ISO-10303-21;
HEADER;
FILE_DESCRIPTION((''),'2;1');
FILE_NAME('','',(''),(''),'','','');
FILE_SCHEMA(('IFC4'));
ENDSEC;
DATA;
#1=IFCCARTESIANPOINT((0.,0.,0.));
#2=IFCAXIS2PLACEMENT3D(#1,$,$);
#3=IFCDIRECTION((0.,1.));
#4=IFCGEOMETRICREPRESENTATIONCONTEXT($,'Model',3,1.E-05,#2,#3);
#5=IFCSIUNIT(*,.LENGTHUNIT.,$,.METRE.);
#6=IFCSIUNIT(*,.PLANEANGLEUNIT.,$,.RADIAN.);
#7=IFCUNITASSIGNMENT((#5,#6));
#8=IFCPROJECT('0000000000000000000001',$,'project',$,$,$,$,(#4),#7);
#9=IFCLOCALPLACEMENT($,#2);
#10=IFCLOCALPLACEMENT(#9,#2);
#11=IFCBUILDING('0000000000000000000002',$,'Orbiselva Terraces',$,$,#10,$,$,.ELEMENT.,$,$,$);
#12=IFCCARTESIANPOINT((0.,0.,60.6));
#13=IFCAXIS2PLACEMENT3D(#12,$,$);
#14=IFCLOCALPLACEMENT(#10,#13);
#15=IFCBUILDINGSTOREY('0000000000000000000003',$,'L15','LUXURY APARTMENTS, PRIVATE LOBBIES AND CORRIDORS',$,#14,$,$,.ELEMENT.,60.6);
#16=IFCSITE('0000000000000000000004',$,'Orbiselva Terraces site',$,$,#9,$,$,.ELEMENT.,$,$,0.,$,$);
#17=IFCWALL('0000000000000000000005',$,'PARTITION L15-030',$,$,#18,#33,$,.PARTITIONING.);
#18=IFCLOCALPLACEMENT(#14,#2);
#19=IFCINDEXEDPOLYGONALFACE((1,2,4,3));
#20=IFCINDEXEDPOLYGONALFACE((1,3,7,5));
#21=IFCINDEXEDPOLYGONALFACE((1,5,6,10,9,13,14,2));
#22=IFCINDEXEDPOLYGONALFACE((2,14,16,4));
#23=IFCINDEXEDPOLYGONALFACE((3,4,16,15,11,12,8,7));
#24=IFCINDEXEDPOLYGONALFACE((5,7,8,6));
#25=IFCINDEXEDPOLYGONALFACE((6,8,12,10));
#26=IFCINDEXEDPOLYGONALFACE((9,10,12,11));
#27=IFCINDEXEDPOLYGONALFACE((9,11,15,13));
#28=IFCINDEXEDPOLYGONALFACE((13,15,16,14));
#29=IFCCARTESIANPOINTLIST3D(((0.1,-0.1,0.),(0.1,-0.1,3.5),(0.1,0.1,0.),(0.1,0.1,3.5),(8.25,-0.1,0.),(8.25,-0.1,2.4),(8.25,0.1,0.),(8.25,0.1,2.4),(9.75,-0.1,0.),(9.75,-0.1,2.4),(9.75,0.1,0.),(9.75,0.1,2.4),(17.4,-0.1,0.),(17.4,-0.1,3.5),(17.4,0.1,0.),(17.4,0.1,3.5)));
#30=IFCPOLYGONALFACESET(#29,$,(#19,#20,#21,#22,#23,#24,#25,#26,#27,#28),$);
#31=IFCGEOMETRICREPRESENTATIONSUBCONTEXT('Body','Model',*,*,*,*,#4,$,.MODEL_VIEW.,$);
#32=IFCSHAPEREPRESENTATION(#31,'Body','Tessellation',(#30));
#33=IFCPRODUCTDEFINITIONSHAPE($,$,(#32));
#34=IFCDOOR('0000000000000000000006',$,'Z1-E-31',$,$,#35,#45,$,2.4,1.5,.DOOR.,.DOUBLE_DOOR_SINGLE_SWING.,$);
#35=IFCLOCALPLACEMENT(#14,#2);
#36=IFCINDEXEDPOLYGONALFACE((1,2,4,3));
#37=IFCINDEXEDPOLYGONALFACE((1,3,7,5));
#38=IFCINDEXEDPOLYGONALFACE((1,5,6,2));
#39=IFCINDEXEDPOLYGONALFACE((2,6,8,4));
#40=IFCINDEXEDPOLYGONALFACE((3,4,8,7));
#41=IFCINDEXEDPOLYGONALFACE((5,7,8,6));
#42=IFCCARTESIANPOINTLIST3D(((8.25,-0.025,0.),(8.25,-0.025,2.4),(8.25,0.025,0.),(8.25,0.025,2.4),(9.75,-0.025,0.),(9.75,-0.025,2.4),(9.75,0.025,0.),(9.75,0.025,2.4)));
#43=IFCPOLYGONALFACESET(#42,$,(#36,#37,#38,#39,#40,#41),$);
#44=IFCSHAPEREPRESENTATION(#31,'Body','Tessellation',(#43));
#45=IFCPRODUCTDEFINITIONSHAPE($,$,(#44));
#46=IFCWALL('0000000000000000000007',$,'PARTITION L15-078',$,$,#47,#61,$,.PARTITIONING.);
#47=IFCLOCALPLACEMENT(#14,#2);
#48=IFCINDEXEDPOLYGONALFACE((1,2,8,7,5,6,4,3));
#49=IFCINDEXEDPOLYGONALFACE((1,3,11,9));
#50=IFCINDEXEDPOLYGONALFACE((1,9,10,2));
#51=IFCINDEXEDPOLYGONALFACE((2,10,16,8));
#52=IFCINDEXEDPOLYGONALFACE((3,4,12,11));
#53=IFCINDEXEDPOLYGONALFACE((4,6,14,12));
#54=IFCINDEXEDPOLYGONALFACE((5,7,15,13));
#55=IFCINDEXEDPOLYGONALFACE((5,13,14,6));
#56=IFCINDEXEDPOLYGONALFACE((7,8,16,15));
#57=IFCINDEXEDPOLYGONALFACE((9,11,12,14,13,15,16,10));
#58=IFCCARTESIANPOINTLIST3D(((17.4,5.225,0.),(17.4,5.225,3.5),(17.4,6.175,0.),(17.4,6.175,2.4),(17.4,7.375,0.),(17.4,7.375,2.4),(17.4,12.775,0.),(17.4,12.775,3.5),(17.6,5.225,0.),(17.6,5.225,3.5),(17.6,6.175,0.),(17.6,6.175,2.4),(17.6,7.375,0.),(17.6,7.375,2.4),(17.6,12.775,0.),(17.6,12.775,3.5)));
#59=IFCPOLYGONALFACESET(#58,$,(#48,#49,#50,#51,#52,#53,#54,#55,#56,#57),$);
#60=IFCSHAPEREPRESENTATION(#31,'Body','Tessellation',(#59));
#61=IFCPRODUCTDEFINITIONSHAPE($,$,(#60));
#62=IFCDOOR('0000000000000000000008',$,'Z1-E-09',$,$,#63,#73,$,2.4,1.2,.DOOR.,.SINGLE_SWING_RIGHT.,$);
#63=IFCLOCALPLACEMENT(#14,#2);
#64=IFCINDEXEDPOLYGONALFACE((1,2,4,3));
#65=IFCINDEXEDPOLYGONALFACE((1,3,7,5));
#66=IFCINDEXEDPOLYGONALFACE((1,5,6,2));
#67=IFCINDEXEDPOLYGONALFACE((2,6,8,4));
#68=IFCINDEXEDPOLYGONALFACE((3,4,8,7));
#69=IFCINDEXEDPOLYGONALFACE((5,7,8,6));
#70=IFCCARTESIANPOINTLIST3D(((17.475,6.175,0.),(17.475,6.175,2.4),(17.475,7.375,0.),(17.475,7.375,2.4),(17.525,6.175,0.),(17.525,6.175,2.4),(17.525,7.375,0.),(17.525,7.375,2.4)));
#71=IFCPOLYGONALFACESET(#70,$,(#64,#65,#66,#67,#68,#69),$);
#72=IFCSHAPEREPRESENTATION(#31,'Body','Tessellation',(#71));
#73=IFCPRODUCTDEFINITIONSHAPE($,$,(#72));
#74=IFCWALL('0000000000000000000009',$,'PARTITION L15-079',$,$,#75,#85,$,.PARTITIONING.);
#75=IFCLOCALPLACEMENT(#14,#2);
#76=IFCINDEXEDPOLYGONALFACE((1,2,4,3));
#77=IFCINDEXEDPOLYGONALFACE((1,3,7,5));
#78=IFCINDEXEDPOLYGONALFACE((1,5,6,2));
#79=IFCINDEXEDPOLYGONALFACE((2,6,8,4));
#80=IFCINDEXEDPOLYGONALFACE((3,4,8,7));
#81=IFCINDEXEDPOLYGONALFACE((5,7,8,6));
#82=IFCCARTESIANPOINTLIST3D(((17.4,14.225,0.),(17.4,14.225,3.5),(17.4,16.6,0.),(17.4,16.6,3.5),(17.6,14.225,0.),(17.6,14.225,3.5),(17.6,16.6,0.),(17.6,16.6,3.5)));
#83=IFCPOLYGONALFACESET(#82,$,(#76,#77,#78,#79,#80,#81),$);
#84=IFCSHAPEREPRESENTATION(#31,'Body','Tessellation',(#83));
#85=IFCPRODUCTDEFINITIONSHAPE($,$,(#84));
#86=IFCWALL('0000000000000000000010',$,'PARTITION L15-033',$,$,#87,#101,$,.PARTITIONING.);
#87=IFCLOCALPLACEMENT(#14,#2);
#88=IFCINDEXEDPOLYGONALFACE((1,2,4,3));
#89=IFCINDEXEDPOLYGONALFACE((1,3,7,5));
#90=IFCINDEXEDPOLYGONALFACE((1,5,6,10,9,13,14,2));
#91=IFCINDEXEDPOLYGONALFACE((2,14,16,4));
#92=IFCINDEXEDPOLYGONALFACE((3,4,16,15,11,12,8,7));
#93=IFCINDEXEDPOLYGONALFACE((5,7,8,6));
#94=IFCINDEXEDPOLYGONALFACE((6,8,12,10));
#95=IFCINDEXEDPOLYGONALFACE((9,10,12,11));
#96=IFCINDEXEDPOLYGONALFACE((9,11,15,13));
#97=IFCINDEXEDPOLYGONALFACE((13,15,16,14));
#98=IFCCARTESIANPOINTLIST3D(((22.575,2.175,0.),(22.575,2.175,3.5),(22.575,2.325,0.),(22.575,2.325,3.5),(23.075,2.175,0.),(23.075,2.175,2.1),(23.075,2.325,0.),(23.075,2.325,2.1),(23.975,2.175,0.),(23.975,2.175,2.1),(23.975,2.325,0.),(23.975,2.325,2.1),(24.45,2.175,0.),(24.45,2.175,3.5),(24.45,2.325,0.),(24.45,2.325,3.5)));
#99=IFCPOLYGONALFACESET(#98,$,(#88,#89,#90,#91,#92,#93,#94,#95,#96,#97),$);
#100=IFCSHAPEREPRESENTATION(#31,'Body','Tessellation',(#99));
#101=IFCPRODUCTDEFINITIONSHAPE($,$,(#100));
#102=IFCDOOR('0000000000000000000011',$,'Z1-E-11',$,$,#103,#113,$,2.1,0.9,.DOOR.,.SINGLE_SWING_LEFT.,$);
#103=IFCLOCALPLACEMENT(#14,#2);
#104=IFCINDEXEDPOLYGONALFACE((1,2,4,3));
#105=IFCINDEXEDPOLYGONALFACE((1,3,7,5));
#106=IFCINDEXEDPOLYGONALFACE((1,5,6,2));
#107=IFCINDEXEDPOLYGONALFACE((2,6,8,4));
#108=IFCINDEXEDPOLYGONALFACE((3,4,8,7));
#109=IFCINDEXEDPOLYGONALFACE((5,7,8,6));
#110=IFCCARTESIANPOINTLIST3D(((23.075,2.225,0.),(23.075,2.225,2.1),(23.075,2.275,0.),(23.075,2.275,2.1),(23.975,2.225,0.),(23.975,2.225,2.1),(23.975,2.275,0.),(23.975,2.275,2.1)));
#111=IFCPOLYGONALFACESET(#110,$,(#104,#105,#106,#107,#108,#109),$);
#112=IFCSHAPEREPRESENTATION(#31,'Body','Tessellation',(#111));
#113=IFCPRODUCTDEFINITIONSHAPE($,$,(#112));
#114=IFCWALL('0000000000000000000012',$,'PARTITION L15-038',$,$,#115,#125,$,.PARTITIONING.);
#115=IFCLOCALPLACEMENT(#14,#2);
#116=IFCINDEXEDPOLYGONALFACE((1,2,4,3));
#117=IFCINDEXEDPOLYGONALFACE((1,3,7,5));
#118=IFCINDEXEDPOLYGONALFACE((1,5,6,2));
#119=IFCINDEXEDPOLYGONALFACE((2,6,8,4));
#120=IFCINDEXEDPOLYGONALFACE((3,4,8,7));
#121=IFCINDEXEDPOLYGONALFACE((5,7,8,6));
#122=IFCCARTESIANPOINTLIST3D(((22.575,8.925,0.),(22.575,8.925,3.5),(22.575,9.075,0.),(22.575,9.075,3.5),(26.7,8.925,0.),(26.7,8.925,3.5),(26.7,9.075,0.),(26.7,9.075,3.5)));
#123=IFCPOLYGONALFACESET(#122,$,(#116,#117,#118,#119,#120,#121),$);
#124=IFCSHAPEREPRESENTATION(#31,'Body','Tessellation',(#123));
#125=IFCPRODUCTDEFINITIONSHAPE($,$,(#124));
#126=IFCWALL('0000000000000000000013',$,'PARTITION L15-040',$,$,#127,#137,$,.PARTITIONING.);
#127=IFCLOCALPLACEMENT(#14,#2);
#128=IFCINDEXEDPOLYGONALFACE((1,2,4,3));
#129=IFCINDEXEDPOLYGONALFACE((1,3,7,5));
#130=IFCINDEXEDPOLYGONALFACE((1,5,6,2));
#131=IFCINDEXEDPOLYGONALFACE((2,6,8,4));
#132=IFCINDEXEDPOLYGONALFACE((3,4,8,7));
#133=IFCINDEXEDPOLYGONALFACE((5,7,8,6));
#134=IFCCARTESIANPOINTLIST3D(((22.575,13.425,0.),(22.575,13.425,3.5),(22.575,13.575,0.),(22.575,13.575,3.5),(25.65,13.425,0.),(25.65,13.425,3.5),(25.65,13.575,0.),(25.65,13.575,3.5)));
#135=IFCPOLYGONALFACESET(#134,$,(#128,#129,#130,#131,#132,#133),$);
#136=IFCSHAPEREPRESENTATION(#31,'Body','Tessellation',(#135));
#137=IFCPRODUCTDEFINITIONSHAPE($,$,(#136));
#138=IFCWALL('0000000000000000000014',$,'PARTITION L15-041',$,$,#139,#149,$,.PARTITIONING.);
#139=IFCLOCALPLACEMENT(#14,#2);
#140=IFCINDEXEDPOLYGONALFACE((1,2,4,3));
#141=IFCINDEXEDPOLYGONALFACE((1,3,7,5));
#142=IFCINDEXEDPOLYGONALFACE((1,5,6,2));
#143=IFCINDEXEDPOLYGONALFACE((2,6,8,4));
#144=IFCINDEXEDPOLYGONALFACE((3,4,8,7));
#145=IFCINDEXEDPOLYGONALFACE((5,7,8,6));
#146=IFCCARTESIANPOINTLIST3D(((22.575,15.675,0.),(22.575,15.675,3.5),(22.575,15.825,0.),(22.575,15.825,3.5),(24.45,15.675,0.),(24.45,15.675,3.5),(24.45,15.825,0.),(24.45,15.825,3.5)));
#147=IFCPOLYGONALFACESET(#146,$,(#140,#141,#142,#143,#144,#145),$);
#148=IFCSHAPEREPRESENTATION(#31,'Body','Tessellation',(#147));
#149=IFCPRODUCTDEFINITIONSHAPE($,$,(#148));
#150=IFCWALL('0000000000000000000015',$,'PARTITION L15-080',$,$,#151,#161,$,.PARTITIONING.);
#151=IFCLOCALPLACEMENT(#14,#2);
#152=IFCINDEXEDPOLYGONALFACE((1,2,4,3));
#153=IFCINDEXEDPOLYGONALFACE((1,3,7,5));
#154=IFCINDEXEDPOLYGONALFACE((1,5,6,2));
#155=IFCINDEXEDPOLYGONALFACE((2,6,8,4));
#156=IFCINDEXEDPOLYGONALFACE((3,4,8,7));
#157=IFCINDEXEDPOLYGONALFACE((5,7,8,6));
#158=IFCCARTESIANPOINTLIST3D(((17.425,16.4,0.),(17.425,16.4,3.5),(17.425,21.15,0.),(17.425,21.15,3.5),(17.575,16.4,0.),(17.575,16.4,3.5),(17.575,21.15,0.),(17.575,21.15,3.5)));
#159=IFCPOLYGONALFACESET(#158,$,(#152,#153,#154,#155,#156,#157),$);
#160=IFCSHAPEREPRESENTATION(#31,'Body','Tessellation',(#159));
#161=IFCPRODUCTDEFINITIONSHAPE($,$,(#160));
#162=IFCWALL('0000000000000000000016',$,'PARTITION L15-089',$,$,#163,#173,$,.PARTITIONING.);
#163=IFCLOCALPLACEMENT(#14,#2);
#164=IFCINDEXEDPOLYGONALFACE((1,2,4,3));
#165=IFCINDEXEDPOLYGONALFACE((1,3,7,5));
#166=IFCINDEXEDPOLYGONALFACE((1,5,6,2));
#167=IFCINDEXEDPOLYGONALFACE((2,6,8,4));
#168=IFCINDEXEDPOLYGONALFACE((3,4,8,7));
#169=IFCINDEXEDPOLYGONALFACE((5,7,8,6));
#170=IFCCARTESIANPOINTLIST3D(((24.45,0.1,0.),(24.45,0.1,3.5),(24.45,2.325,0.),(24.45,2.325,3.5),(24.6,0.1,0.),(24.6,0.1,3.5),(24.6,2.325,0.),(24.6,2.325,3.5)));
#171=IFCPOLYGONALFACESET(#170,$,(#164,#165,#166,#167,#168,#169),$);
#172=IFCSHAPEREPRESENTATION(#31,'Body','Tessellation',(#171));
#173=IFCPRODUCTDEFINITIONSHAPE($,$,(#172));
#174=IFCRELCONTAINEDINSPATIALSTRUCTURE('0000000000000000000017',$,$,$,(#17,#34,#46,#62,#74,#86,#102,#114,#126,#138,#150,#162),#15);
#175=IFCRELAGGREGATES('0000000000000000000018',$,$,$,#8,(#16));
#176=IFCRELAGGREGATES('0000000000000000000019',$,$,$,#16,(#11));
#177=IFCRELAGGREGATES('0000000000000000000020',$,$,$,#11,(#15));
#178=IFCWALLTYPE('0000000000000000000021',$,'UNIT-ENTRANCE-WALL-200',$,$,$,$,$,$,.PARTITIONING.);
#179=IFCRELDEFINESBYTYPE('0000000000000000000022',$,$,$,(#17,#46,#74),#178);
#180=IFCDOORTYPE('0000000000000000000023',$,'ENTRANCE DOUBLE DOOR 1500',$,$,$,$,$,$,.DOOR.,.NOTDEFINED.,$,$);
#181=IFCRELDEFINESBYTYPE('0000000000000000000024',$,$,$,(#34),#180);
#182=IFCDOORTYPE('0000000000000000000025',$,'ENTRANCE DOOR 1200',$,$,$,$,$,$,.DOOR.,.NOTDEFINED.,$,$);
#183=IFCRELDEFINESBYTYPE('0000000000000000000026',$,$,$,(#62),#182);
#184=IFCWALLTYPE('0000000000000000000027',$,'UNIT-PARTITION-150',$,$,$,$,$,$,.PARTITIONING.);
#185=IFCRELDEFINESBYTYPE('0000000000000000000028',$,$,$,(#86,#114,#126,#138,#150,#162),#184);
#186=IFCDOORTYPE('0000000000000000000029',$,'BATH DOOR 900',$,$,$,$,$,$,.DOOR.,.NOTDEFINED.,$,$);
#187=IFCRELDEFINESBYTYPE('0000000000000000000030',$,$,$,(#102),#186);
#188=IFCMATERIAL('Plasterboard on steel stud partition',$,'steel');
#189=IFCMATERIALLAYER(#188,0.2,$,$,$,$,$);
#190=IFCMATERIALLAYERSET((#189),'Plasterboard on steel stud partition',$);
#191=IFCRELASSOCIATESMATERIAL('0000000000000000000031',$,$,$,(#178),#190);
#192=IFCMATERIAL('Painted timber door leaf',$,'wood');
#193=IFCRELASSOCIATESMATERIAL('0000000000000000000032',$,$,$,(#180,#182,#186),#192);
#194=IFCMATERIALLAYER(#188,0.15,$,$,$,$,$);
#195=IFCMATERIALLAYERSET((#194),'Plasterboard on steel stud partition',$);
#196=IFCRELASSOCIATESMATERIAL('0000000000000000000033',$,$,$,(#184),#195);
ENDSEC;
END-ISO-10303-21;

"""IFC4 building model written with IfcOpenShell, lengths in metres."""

from ifc_helpers import new_model, si_unit, direction, frame, frame_2d, origin, place, context, subcontext, project, spatial, rectangle, extrude, material, layer, layer_set, type_object, element, fill, save


model = new_model("IFC4")

# Units and contexts
model_context = context("Model", 3, precision=1e-05, world=origin(), true_north=direction((0.0, 1.0)))
body_context = subcontext(model_context, "Body", "Model", "MODEL_VIEW")
ifc_project = project(units=[si_unit("LENGTHUNIT", "METRE"), si_unit("PLANEANGLEUNIT", "RADIAN")], contexts=[model_context])

# Site, building, storey
site_placement = place(None, origin())
site = spatial("IfcSite", under=ifc_project, at=site_placement, Name="Orbiselva Terraces site", CompositionType="ELEMENT", RefElevation=0.0)
building_placement = place(site_placement, origin())
building = spatial("IfcBuilding", under=site, at=building_placement, Name="Orbiselva Terraces", CompositionType="ELEMENT")
storey_placement = place(building_placement, frame((0.0, 0.0, 60.6)))
storey = spatial("IfcBuildingStorey", under=building, at=storey_placement, Name="L15", Description="LUXURY APARTMENTS, PRIVATE LOBBIES AND CORRIDORS", CompositionType="ELEMENT", Elevation=60.6)

# Walls, openings, doors
ifc_material_1 = material(Name="Plasterboard on steel stud partition", Category="steel")
ifc_layer_1 = layer(ifc_material_1, 0.2)
ifc_layer_set_1 = layer_set([ifc_layer_1], Name="Plasterboard on steel stud partition")
wall_type_1 = type_object("IfcWallType", Name="UNIT-ENTRANCE-WALL-200", PredefinedType="PARTITIONING", material=ifc_layer_set_1)
wall_1_placement = place(storey_placement, frame((17.4, 0.0, 0.0), z_axis=(0.0, 0.0, 1.0), x_axis=(-1.0, 0.0, 0.0)))
wall_1 = element("IfcWall", 1, at=wall_1_placement, inside=storey, type_object=wall_type_1, Name="PARTITION L15-030", PredefinedType="PARTITIONING", context=body_context, shape_type="SweptSolid", body=[
    extrude(rectangle(XDim=17.3, YDim=0.2, at=frame_2d((8.65, 0.0))), origin(), (0.0, 0.0, 1.0), 3.5),
])
opening_1_placement = place(wall_1_placement, frame((7.65, 0.0, 0.0)))
opening_1 = element("IfcOpeningElement", 2, at=opening_1_placement, cuts=wall_1, PredefinedType="OPENING", context=body_context, shape_type="SweptSolid", body=[
    extrude(rectangle(XDim=1.5, YDim=2.4, at=frame_2d((0.75, 1.2))), frame((0.0, 0.11, 0.0), z_axis=(0.0, -1.0, 0.0), x_axis=(1.0, 0.0, 0.0)), (0.0, 0.0, 1.0), 0.22),
])
ifc_material_2 = material(Name="Painted timber door leaf", Category="wood")
door_type_1 = type_object("IfcDoorType", Name="ENTRANCE DOUBLE DOOR 1500", OperationType="NOTDEFINED", PredefinedType="DOOR", material=ifc_material_2)
door_1_placement = place(opening_1_placement, origin())
door_1 = element("IfcDoor", 3, at=door_1_placement, inside=storey, type_object=door_type_1, Name="Z1-E-31", OperationType="DOUBLE_DOOR_SINGLE_SWING", OverallHeight=2.4, OverallWidth=1.5, PredefinedType="DOOR", context=body_context, shape_type="SweptSolid", body=[
    extrude(rectangle(XDim=1.5, YDim=2.4, at=frame_2d((0.75, 1.2))), frame((0.0, 0.025, 0.0), z_axis=(0.0, -1.0, 0.0), x_axis=(1.0, 0.0, 0.0)), (0.0, 0.0, 1.0), 0.05),
])
fill(opening_1, door_1)
wall_2_placement = place(storey_placement, frame((17.5, 12.775, 0.0), z_axis=(0.0, 0.0, 1.0), x_axis=(0.0, -1.0, 0.0)))
wall_2 = element("IfcWall", 4, at=wall_2_placement, inside=storey, type_object=wall_type_1, Name="PARTITION L15-078", PredefinedType="PARTITIONING", context=body_context, shape_type="SweptSolid", body=[
    extrude(rectangle(XDim=7.55, YDim=0.2, at=frame_2d((3.775, 0.0))), origin(), (0.0, 0.0, 1.0), 3.5),
])
opening_2_placement = place(wall_2_placement, frame((5.4, 0.0, 0.0)))
opening_2 = element("IfcOpeningElement", 5, at=opening_2_placement, cuts=wall_2, PredefinedType="OPENING", context=body_context, shape_type="SweptSolid", body=[
    extrude(rectangle(XDim=1.2, YDim=2.4, at=frame_2d((0.6, 1.2))), frame((0.0, 0.11, 0.0), z_axis=(0.0, -1.0, 0.0), x_axis=(1.0, 0.0, 0.0)), (0.0, 0.0, 1.0), 0.22),
])
door_type_2 = type_object("IfcDoorType", Name="ENTRANCE DOOR 1200", OperationType="NOTDEFINED", PredefinedType="DOOR", material=ifc_material_2)
door_2_placement = place(opening_2_placement, origin())
door_2 = element("IfcDoor", 6, at=door_2_placement, inside=storey, type_object=door_type_2, Name="Z1-E-09", OperationType="SINGLE_SWING_RIGHT", OverallHeight=2.4, OverallWidth=1.2, PredefinedType="DOOR", context=body_context, shape_type="SweptSolid", body=[
    extrude(rectangle(XDim=1.2, YDim=2.4, at=frame_2d((0.6, 1.2))), frame((0.0, 0.025, 0.0), z_axis=(0.0, -1.0, 0.0), x_axis=(1.0, 0.0, 0.0)), (0.0, 0.0, 1.0), 0.05),
])
fill(opening_2, door_2)

# Wall
wall_3_placement = place(storey_placement, frame((17.5, 14.225, 0.0), z_axis=(0.0, 0.0, 1.0), x_axis=(0.0, 1.0, 0.0)))
element("IfcWall", 7, at=wall_3_placement, inside=storey, type_object=wall_type_1, Name="PARTITION L15-079", PredefinedType="PARTITIONING", context=body_context, shape_type="SweptSolid", body=[
    extrude(rectangle(XDim=2.375, YDim=0.2, at=frame_2d((1.1875, 0.0))), origin(), (0.0, 0.0, 1.0), 3.5),
])

# Wall, opening, door
ifc_layer_2 = layer(ifc_material_1, 0.15)
ifc_layer_set_2 = layer_set([ifc_layer_2], Name="Plasterboard on steel stud partition")
wall_type_2 = type_object("IfcWallType", Name="UNIT-PARTITION-150", PredefinedType="PARTITIONING", material=ifc_layer_set_2)
wall_4_placement = place(storey_placement, frame((24.45, 2.25, 0.0), z_axis=(0.0, 0.0, 1.0), x_axis=(-1.0, 0.0, 0.0)))
wall_4 = element("IfcWall", 8, at=wall_4_placement, inside=storey, type_object=wall_type_2, Name="PARTITION L15-033", PredefinedType="PARTITIONING", context=body_context, shape_type="SweptSolid", body=[
    extrude(rectangle(XDim=1.875, YDim=0.15, at=frame_2d((0.9375, 0.0))), origin(), (0.0, 0.0, 1.0), 3.5),
])
opening_3_placement = place(wall_4_placement, frame((0.475, 0.0, 0.0)))
opening_3 = element("IfcOpeningElement", 9, at=opening_3_placement, cuts=wall_4, PredefinedType="OPENING", context=body_context, shape_type="SweptSolid", body=[
    extrude(rectangle(XDim=0.9, YDim=2.1, at=frame_2d((0.45, 1.05))), frame((0.0, 0.085, 0.0), z_axis=(0.0, -1.0, 0.0), x_axis=(1.0, 0.0, 0.0)), (0.0, 0.0, 1.0), 0.17),
])
door_type_3 = type_object("IfcDoorType", Name="BATH DOOR 900", OperationType="NOTDEFINED", PredefinedType="DOOR", material=ifc_material_2)
door_3_placement = place(opening_3_placement, origin())
door_3 = element("IfcDoor", 10, at=door_3_placement, inside=storey, type_object=door_type_3, Name="Z1-E-11", OperationType="SINGLE_SWING_LEFT", OverallHeight=2.1, OverallWidth=0.9, PredefinedType="DOOR", context=body_context, shape_type="SweptSolid", body=[
    extrude(rectangle(XDim=0.9, YDim=2.1, at=frame_2d((0.45, 1.05))), frame((0.0, 0.025, 0.0), z_axis=(0.0, -1.0, 0.0), x_axis=(1.0, 0.0, 0.0)), (0.0, 0.0, 1.0), 0.05),
])
fill(opening_3, door_3)

# Walls
wall_5_placement = place(storey_placement, frame((22.575, 9.0, 0.0), z_axis=(0.0, 0.0, 1.0), x_axis=(1.0, 0.0, 0.0)))
element("IfcWall", 11, at=wall_5_placement, inside=storey, type_object=wall_type_2, Name="PARTITION L15-038", PredefinedType="PARTITIONING", context=body_context, shape_type="SweptSolid", body=[
    extrude(rectangle(XDim=4.125, YDim=0.15, at=frame_2d((2.0625, 0.0))), origin(), (0.0, 0.0, 1.0), 3.5),
])
wall_6_placement = place(storey_placement, frame((22.575, 13.5, 0.0), z_axis=(0.0, 0.0, 1.0), x_axis=(1.0, 0.0, 0.0)))
element("IfcWall", 12, at=wall_6_placement, inside=storey, type_object=wall_type_2, Name="PARTITION L15-040", PredefinedType="PARTITIONING", context=body_context, shape_type="SweptSolid", body=[
    extrude(rectangle(XDim=3.075, YDim=0.15, at=frame_2d((1.5375, 0.0))), origin(), (0.0, 0.0, 1.0), 3.5),
])
wall_7_placement = place(storey_placement, frame((22.575, 15.75, 0.0), z_axis=(0.0, 0.0, 1.0), x_axis=(1.0, 0.0, 0.0)))
element("IfcWall", 13, at=wall_7_placement, inside=storey, type_object=wall_type_2, Name="PARTITION L15-041", PredefinedType="PARTITIONING", context=body_context, shape_type="SweptSolid", body=[
    extrude(rectangle(XDim=1.875, YDim=0.15, at=frame_2d((0.9375, 0.0))), origin(), (0.0, 0.0, 1.0), 3.5),
])
wall_8_placement = place(storey_placement, frame((17.5, 16.4, 0.0), z_axis=(0.0, 0.0, 1.0), x_axis=(0.0, 1.0, 0.0)))
element("IfcWall", 14, at=wall_8_placement, inside=storey, type_object=wall_type_2, Name="PARTITION L15-080", PredefinedType="PARTITIONING", context=body_context, shape_type="SweptSolid", body=[
    extrude(rectangle(XDim=4.75, YDim=0.15, at=frame_2d((2.375, 0.0))), origin(), (0.0, 0.0, 1.0), 3.5),
])
wall_9_placement = place(storey_placement, frame((24.525, 0.1, 0.0), z_axis=(0.0, 0.0, 1.0), x_axis=(0.0, 1.0, 0.0)))
element("IfcWall", 15, at=wall_9_placement, inside=storey, type_object=wall_type_2, Name="PARTITION L15-089", PredefinedType="PARTITIONING", context=body_context, shape_type="SweptSolid", body=[
    extrude(rectangle(XDim=2.225, YDim=0.15, at=frame_2d((1.1125, 0.0))), origin(), (0.0, 0.0, 1.0), 3.5),
])

save(model, "model.ifc")
